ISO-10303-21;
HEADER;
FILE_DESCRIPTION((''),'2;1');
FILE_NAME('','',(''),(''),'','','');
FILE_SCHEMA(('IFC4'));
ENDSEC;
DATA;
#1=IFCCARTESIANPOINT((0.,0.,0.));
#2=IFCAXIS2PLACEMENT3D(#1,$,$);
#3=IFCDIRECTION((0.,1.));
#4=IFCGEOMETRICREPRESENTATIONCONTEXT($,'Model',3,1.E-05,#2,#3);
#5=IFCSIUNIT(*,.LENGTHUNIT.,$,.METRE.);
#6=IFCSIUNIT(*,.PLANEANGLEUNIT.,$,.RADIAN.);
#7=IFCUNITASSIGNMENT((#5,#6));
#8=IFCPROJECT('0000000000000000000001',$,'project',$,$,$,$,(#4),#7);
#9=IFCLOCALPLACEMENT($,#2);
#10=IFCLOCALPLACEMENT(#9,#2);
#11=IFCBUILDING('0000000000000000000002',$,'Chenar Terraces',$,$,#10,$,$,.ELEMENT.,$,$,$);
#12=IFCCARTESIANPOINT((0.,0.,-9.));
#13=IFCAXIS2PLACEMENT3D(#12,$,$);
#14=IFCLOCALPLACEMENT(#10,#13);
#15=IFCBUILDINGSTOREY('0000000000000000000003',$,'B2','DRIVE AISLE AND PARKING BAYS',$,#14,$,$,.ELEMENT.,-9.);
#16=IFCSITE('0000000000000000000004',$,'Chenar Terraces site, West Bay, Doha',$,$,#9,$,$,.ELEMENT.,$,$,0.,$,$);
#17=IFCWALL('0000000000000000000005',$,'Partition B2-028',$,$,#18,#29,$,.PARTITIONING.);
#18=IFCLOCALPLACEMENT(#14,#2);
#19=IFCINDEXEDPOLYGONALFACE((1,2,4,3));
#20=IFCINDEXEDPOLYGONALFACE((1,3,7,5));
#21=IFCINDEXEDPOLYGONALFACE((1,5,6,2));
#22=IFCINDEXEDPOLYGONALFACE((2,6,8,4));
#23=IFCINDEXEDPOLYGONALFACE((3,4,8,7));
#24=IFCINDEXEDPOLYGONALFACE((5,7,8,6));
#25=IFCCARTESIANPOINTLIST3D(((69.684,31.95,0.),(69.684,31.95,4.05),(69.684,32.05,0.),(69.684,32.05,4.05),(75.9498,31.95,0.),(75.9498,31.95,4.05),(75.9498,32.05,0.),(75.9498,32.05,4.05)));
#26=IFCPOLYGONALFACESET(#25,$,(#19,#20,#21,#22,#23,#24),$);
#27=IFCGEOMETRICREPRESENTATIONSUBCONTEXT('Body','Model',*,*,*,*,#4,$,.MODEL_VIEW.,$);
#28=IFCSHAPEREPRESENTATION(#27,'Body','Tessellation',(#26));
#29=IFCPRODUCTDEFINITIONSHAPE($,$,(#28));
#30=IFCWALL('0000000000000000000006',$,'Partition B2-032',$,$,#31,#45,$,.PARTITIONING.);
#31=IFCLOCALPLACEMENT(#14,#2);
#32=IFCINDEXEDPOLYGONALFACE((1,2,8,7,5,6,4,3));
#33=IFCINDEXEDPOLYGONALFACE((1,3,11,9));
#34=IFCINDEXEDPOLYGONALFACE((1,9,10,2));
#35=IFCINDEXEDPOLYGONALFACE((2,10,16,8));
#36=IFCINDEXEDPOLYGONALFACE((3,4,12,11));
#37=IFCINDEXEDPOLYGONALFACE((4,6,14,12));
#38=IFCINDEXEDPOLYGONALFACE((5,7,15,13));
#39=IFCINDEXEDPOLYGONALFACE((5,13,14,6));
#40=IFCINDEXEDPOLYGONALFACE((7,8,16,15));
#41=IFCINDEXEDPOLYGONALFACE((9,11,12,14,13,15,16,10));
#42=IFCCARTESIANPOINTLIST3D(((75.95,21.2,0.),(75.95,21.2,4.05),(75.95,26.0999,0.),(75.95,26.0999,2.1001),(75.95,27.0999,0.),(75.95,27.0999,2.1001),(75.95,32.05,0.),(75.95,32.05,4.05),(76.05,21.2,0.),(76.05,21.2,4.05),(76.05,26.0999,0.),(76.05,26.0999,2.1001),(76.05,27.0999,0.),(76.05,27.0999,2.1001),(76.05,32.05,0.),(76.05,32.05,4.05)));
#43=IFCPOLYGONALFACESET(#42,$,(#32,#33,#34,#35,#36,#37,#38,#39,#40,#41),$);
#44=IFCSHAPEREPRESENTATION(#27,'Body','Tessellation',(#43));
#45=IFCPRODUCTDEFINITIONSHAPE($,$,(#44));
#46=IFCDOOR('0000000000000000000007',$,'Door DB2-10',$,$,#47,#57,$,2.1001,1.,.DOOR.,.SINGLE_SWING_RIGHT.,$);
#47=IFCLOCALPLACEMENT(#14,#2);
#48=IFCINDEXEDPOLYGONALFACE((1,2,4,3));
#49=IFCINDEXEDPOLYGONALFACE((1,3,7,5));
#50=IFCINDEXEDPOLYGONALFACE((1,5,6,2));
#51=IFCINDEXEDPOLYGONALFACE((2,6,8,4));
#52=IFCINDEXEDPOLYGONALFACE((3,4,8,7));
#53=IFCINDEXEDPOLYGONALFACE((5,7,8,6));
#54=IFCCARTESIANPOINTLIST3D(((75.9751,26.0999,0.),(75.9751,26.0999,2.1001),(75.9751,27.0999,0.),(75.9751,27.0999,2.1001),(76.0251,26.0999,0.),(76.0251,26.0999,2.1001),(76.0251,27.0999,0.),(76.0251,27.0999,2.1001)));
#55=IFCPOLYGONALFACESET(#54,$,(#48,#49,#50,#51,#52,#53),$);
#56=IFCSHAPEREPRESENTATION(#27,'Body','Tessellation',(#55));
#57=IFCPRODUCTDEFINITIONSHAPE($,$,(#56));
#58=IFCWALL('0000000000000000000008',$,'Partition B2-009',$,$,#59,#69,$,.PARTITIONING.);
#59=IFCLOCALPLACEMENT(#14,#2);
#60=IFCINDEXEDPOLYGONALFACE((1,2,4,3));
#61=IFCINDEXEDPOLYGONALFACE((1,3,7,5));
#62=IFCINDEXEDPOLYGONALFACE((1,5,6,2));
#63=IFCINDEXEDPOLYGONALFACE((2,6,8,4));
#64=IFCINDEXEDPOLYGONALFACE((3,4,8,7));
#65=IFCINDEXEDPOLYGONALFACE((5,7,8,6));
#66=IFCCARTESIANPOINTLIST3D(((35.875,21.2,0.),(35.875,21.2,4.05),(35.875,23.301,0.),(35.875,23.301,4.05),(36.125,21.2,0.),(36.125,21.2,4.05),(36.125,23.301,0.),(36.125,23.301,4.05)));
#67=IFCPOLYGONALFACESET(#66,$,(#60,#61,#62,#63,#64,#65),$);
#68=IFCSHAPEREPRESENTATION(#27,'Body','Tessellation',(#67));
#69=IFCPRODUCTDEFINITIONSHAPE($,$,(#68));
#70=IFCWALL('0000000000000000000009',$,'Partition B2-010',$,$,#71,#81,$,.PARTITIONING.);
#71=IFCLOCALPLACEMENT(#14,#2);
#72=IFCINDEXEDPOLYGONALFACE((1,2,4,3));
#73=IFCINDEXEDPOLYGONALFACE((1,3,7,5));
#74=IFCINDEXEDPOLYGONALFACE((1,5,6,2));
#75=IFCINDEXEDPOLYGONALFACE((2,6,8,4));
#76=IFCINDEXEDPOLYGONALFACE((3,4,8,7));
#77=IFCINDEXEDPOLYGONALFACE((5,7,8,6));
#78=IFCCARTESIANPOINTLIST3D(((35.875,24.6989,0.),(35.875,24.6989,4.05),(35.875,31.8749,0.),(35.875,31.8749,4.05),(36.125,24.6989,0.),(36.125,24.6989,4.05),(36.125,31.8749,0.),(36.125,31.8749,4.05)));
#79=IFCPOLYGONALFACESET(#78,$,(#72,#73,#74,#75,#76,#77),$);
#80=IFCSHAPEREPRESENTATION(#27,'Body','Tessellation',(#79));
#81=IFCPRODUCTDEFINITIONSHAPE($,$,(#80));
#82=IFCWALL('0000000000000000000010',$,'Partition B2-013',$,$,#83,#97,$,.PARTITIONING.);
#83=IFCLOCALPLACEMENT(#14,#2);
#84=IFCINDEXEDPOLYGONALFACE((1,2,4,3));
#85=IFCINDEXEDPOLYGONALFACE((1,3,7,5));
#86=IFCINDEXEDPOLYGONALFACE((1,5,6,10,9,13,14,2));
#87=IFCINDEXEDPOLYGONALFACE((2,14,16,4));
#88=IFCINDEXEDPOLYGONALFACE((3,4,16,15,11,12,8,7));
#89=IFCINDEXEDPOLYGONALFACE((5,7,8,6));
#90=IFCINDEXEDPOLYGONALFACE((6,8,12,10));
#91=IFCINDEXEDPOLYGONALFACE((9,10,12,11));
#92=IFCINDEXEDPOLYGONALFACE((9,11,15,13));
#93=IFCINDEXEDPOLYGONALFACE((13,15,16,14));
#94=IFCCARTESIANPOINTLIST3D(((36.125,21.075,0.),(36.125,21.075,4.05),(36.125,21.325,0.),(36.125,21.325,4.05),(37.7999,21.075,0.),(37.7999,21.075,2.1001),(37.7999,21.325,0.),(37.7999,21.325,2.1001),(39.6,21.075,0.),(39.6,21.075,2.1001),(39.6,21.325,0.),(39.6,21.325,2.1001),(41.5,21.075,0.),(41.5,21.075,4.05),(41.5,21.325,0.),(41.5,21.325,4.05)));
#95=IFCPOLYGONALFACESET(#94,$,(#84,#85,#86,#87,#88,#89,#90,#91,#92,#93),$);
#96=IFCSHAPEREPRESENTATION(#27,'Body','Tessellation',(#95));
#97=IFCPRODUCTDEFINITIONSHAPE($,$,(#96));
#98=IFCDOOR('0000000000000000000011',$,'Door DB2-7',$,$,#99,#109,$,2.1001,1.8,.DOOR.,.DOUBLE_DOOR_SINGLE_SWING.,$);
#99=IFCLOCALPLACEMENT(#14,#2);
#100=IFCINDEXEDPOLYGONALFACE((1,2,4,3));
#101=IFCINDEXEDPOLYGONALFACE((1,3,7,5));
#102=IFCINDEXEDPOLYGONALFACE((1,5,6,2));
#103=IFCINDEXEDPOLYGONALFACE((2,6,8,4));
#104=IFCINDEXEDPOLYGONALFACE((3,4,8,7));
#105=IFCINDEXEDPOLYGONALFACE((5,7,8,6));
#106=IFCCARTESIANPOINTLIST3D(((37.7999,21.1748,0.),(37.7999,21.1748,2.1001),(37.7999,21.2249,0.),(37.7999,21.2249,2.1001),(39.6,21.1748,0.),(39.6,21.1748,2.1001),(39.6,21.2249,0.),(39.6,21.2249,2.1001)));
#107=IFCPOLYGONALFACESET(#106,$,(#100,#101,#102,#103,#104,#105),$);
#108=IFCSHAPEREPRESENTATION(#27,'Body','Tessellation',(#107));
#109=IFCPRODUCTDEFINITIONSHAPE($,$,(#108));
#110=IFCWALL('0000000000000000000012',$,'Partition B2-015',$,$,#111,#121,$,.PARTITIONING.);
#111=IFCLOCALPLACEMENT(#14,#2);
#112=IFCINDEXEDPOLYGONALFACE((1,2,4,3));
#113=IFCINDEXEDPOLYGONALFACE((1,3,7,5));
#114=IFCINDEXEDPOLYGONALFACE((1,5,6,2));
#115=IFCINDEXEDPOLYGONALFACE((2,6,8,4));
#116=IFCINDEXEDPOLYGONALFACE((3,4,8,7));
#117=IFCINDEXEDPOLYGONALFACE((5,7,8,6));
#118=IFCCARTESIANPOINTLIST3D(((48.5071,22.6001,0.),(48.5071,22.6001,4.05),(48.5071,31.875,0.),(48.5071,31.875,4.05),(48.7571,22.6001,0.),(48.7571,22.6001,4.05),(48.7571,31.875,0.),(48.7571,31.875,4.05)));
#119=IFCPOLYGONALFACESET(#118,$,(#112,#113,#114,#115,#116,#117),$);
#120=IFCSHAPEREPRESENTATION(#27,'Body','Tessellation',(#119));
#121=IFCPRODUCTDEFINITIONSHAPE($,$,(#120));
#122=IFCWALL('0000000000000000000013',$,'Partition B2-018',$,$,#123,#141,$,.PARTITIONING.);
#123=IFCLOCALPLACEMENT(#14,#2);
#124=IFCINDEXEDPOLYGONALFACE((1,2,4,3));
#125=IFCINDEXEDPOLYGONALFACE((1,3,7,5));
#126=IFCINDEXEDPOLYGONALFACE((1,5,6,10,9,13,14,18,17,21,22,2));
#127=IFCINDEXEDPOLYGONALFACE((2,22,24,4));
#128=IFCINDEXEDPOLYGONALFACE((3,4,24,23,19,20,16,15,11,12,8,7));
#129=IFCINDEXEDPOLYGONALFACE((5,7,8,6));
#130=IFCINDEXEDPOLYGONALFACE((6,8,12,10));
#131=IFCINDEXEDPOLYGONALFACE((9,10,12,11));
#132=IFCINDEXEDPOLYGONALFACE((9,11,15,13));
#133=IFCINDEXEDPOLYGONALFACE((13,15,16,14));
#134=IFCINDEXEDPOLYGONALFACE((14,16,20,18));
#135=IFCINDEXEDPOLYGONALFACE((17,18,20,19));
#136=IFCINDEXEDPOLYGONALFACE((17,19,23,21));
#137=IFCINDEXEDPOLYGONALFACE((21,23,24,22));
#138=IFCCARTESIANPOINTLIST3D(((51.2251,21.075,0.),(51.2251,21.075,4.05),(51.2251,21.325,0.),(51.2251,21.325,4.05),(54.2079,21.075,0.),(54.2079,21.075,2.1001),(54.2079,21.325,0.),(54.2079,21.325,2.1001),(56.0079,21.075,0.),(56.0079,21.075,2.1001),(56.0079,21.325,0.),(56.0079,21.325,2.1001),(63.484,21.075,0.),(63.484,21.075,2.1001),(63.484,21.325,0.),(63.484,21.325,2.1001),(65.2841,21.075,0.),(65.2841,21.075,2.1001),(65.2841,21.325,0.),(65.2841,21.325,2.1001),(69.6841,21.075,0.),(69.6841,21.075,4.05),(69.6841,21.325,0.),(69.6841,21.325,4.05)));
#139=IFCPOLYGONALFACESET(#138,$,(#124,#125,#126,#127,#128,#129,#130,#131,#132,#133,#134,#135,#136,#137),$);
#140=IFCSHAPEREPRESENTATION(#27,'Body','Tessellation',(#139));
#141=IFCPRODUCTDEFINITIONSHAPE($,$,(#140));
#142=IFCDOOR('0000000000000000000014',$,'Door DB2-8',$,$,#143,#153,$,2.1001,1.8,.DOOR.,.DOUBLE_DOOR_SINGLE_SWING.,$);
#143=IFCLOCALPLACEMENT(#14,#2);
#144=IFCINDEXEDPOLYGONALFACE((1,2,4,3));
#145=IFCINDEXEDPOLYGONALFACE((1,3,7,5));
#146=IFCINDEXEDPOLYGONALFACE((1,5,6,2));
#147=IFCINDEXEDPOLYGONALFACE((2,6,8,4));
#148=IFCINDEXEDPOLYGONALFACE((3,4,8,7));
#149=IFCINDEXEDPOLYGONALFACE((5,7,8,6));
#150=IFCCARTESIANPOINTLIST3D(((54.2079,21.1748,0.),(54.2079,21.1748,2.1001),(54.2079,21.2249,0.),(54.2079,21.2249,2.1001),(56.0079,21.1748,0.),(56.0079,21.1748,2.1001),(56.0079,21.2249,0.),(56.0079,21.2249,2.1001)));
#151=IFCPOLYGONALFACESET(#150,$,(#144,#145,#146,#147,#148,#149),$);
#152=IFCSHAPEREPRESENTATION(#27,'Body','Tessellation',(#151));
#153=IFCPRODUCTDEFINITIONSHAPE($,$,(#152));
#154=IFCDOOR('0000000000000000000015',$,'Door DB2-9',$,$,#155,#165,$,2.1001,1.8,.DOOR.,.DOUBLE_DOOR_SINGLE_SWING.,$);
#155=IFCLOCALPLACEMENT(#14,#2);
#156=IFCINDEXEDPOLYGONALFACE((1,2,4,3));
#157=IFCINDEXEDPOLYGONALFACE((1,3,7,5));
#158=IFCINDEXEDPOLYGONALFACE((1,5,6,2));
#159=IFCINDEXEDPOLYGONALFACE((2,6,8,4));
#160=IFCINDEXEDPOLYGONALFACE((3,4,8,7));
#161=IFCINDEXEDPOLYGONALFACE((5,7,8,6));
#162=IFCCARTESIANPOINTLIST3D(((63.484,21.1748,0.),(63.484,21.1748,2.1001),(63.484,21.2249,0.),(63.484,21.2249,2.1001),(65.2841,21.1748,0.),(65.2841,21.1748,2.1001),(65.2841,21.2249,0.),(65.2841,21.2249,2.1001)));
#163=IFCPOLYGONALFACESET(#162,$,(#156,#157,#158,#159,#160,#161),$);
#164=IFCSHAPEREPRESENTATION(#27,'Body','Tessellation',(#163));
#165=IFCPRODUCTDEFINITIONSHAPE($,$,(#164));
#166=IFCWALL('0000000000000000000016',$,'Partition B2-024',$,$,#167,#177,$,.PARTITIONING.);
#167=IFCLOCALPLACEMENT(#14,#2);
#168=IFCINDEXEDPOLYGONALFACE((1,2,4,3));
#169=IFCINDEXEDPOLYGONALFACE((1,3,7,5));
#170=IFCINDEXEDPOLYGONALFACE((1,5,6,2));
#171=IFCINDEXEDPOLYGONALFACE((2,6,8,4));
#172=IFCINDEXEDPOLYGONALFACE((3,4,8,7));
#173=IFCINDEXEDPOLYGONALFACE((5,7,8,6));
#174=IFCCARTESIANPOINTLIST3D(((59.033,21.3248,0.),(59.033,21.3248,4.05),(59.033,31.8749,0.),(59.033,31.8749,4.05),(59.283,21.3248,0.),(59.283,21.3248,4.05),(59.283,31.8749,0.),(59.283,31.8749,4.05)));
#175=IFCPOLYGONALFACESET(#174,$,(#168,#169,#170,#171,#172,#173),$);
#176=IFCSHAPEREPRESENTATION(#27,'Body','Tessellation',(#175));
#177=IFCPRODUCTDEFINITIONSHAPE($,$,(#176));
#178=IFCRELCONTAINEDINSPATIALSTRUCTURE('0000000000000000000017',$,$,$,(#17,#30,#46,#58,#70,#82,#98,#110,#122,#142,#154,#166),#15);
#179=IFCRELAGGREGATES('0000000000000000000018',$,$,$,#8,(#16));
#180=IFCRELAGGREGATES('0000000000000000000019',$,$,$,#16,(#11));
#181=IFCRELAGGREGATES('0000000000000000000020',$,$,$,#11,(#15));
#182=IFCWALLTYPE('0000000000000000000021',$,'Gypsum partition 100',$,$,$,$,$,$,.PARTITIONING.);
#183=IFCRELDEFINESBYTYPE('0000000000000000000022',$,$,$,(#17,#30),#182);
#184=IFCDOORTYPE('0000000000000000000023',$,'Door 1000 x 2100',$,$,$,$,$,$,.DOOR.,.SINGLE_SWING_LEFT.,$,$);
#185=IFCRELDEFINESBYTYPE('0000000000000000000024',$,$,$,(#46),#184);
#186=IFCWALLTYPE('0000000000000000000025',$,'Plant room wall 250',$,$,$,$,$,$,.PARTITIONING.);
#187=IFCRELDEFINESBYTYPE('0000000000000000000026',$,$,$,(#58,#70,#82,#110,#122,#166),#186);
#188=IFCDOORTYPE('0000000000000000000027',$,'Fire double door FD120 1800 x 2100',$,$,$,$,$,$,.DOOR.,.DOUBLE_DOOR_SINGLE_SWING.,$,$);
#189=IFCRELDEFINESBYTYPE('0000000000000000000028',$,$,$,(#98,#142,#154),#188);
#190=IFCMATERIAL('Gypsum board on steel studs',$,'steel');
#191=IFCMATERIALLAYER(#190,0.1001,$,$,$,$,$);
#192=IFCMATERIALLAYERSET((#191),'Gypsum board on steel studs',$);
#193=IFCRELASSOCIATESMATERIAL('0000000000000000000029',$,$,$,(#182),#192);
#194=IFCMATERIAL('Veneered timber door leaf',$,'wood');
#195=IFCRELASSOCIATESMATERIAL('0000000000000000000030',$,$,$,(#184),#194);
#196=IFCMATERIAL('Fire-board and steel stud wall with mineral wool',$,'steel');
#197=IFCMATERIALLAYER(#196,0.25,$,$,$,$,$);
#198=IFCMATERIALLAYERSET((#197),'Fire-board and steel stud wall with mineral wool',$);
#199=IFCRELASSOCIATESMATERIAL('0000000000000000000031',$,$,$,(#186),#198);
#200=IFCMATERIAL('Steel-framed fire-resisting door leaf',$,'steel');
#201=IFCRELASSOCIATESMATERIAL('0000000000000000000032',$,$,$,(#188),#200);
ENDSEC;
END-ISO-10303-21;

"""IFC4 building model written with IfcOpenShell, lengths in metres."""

from ifc_helpers import new_model, si_unit, direction, frame, frame_2d, origin, place, context, subcontext, project, spatial, rectangle, extrude, material, layer, layer_set, type_object, element, fill, save


model = new_model("IFC4")

# Units and contexts
model_context = context("Model", 3, precision=1e-05, world=origin(), true_north=direction((0.0, 1.0)))
body_context = subcontext(model_context, "Body", "Model", "MODEL_VIEW")
ifc_project = project(units=[si_unit("LENGTHUNIT", "METRE"), si_unit("PLANEANGLEUNIT", "RADIAN")], contexts=[model_context])

# Site, building, storey
site_placement = place(None, origin())
site = spatial("IfcSite", under=ifc_project, at=site_placement, Name="Chenar Terraces site, West Bay, Doha", CompositionType="ELEMENT", RefElevation=0.0)
building_placement = place(site_placement, origin())
building = spatial("IfcBuilding", under=site, at=building_placement, Name="Chenar Terraces", CompositionType="ELEMENT")
storey_placement = place(building_placement, frame((0.0, 0.0, -9.0)))
storey = spatial("IfcBuildingStorey", under=building, at=storey_placement, Name="B2", Description="DRIVE AISLE AND PARKING BAYS", CompositionType="ELEMENT", Elevation=-9.0)

# Wall
ifc_material_1 = material(Name="Gypsum board on steel studs", Category="steel")
ifc_layer_1 = layer(ifc_material_1, 0.1001)
ifc_layer_set_1 = layer_set([ifc_layer_1], Name="Gypsum board on steel studs")
wall_type_1 = type_object("IfcWallType", Name="Gypsum partition 100", PredefinedType="PARTITIONING", material=ifc_layer_set_1)
wall_1_placement = place(storey_placement, frame((69.6841, 32.0, 0.0), z_axis=(0.0, 0.0, 1.0), x_axis=(1.0, 0.0, 0.0)))
element("IfcWall", 1, at=wall_1_placement, inside=storey, type_object=wall_type_1, Name="Partition B2-028", PredefinedType="PARTITIONING", context=body_context, shape_type="SweptSolid", body=[
    extrude(rectangle(XDim=6.2659, YDim=0.1001, at=frame_2d((3.1328, 0.0))), origin(), (0.0, 0.0, 1.0), 4.05),
])

# Wall, opening, door
wall_2_placement = place(storey_placement, frame((76.0, 21.2, 0.0), z_axis=(0.0, 0.0, 1.0), x_axis=(0.0, 1.0, 0.0)))
wall_2 = element("IfcWall", 2, at=wall_2_placement, inside=storey, type_object=wall_type_1, Name="Partition B2-032", PredefinedType="PARTITIONING", context=body_context, shape_type="SweptSolid", body=[
    extrude(rectangle(XDim=10.8501, YDim=0.1001, at=frame_2d((5.425, 0.0))), origin(), (0.0, 0.0, 1.0), 4.05),
])
opening_1_placement = place(wall_2_placement, frame((4.8999, 0.0, 0.0)))
opening_1 = element("IfcOpeningElement", 3, at=opening_1_placement, cuts=wall_2, PredefinedType="OPENING", context=body_context, shape_type="SweptSolid", body=[
    extrude(rectangle(XDim=1.0, YDim=2.1001, at=frame_2d((0.5, 1.05))), frame((0.0, 0.0601, 0.0), z_axis=(0.0, -1.0, 0.0), x_axis=(1.0, 0.0, 0.0)), (0.0, 0.0, 1.0), 0.1201),
])
ifc_material_2 = material(Name="Veneered timber door leaf", Category="wood")
door_type_1 = type_object("IfcDoorType", Name="Door 1000 x 2100", OperationType="SINGLE_SWING_LEFT", PredefinedType="DOOR", material=ifc_material_2)
door_1_placement = place(opening_1_placement, origin())
door_1 = element("IfcDoor", 4, at=door_1_placement, inside=storey, type_object=door_type_1, Name="Door DB2-10", OperationType="SINGLE_SWING_RIGHT", OverallHeight=2.1001, OverallWidth=1.0, PredefinedType="DOOR", context=body_context, shape_type="SweptSolid", body=[
    extrude(rectangle(XDim=1.0, YDim=2.1001, at=frame_2d((0.5, 1.05))), frame((0.0, 0.0249, 0.0), z_axis=(0.0, -1.0, 0.0), x_axis=(1.0, 0.0, 0.0)), (0.0, 0.0, 1.0), 0.05),
])
fill(opening_1, door_1)

# Walls
ifc_material_3 = material(Name="Fire-board and steel stud wall with mineral wool", Category="steel")
ifc_layer_2 = layer(ifc_material_3, 0.25)
ifc_layer_set_2 = layer_set([ifc_layer_2], Name="Fire-board and steel stud wall with mineral wool")
wall_type_2 = type_object("IfcWallType", Name="Plant room wall 250", PredefinedType="PARTITIONING", material=ifc_layer_set_2)
wall_3_placement = place(storey_placement, frame((36.0, 21.2, 0.0), z_axis=(0.0, 0.0, 1.0), x_axis=(0.0, 1.0, 0.0)))
element("IfcWall", 5, at=wall_3_placement, inside=storey, type_object=wall_type_2, Name="Partition B2-009", PredefinedType="PARTITIONING", context=body_context, shape_type="SweptSolid", body=[
    extrude(rectangle(XDim=2.1011, YDim=0.25, at=frame_2d((1.0505, 0.0))), origin(), (0.0, 0.0, 1.0), 4.05),
])
wall_4_placement = place(storey_placement, frame((36.0, 24.699, 0.0), z_axis=(0.0, 0.0, 1.0), x_axis=(0.0, 1.0, 0.0)))
element("IfcWall", 6, at=wall_4_placement, inside=storey, type_object=wall_type_2, Name="Partition B2-010", PredefinedType="PARTITIONING", context=body_context, shape_type="SweptSolid", body=[
    extrude(rectangle(XDim=7.176, YDim=0.25, at=frame_2d((3.5879, 0.0))), origin(), (0.0, 0.0, 1.0), 4.05),
])

# Wall, opening, door
wall_5_placement = place(storey_placement, frame((36.125, 21.2, 0.0), z_axis=(0.0, 0.0, 1.0), x_axis=(1.0, 0.0, 0.0)))
wall_5 = element("IfcWall", 7, at=wall_5_placement, inside=storey, type_object=wall_type_2, Name="Partition B2-013", PredefinedType="PARTITIONING", context=body_context, shape_type="SweptSolid", body=[
    extrude(rectangle(XDim=5.375, YDim=0.25, at=frame_2d((2.6875, 0.0))), origin(), (0.0, 0.0, 1.0), 4.05),
])
opening_2_placement = place(wall_5_placement, frame((1.675, 0.0, 0.0)))
opening_2 = element("IfcOpeningElement", 8, at=opening_2_placement, cuts=wall_5, PredefinedType="OPENING", context=body_context, shape_type="SweptSolid", body=[
    extrude(rectangle(XDim=1.8, YDim=2.1001, at=frame_2d((0.8999, 1.05))), frame((0.0, 0.135, 0.0), z_axis=(0.0, -1.0, 0.0), x_axis=(1.0, 0.0, 0.0)), (0.0, 0.0, 1.0), 0.27),
])
ifc_material_4 = material(Name="Steel-framed fire-resisting door leaf", Category="steel")
door_type_2 = type_object("IfcDoorType", Name="Fire double door FD120 1800 x 2100", OperationType="DOUBLE_DOOR_SINGLE_SWING", PredefinedType="DOOR", material=ifc_material_4)
door_2_placement = place(opening_2_placement, origin())
door_2 = element("IfcDoor", 9, at=door_2_placement, inside=storey, type_object=door_type_2, Name="Door DB2-7", OperationType="DOUBLE_DOOR_SINGLE_SWING", OverallHeight=2.1001, OverallWidth=1.8, PredefinedType="DOOR", context=body_context, shape_type="SweptSolid", body=[
    extrude(rectangle(XDim=1.8, YDim=2.1001, at=frame_2d((0.8999, 1.05))), frame((0.0, 0.0249, 0.0), z_axis=(0.0, -1.0, 0.0), x_axis=(1.0, 0.0, 0.0)), (0.0, 0.0, 1.0), 0.05),
])
fill(opening_2, door_2)

# Wall
wall_6_placement = place(storey_placement, frame((48.6321, 22.6001, 0.0), z_axis=(0.0, 0.0, 1.0), x_axis=(0.0, 1.0, 0.0)))
element("IfcWall", 10, at=wall_6_placement, inside=storey, type_object=wall_type_2, Name="Partition B2-015", PredefinedType="PARTITIONING", context=body_context, shape_type="SweptSolid", body=[
    extrude(rectangle(XDim=9.2749, YDim=0.25, at=frame_2d((4.6375, 0.0))), origin(), (0.0, 0.0, 1.0), 4.05),
])

# Wall, openings, doors
wall_7_placement = place(storey_placement, frame((51.2251, 21.2, 0.0), z_axis=(0.0, 0.0, 1.0), x_axis=(1.0, 0.0, 0.0)))
wall_7 = element("IfcWall", 11, at=wall_7_placement, inside=storey, type_object=wall_type_2, Name="Partition B2-018", PredefinedType="PARTITIONING", context=body_context, shape_type="SweptSolid", body=[
    extrude(rectangle(XDim=18.459, YDim=0.25, at=frame_2d((9.2295, 0.0))), origin(), (0.0, 0.0, 1.0), 4.05),
])
opening_3_placement = place(wall_7_placement, frame((2.9829, 0.0, 0.0)))
opening_3 = element("IfcOpeningElement", 12, at=opening_3_placement, cuts=wall_7, PredefinedType="OPENING", context=body_context, shape_type="SweptSolid", body=[
    extrude(rectangle(XDim=1.8, YDim=2.1001, at=frame_2d((0.8999, 1.05))), frame((0.0, 0.135, 0.0), z_axis=(0.0, -1.0, 0.0), x_axis=(1.0, 0.0, 0.0)), (0.0, 0.0, 1.0), 0.27),
])
opening_4_placement = place(wall_7_placement, frame((12.259, 0.0, 0.0)))
opening_4 = element("IfcOpeningElement", 13, at=opening_4_placement, cuts=wall_7, PredefinedType="OPENING", context=body_context, shape_type="SweptSolid", body=[
    extrude(rectangle(XDim=1.8, YDim=2.1001, at=frame_2d((0.8999, 1.05))), frame((0.0, 0.135, 0.0), z_axis=(0.0, -1.0, 0.0), x_axis=(1.0, 0.0, 0.0)), (0.0, 0.0, 1.0), 0.27),
])
door_3_placement = place(opening_3_placement, origin())
door_3 = element("IfcDoor", 14, at=door_3_placement, inside=storey, type_object=door_type_2, Name="Door DB2-8", OperationType="DOUBLE_DOOR_SINGLE_SWING", OverallHeight=2.1001, OverallWidth=1.8, PredefinedType="DOOR", context=body_context, shape_type="SweptSolid", body=[
    extrude(rectangle(XDim=1.8, YDim=2.1001, at=frame_2d((0.8999, 1.05))), frame((0.0, 0.0249, 0.0), z_axis=(0.0, -1.0, 0.0), x_axis=(1.0, 0.0, 0.0)), (0.0, 0.0, 1.0), 0.05),
])
fill(opening_3, door_3)
door_4_placement = place(opening_4_placement, origin())
door_4 = element("IfcDoor", 15, at=door_4_placement, inside=storey, type_object=door_type_2, Name="Door DB2-9", OperationType="DOUBLE_DOOR_SINGLE_SWING", OverallHeight=2.1001, OverallWidth=1.8, PredefinedType="DOOR", context=body_context, shape_type="SweptSolid", body=[
    extrude(rectangle(XDim=1.8, YDim=2.1001, at=frame_2d((0.8999, 1.05))), frame((0.0, 0.0249, 0.0), z_axis=(0.0, -1.0, 0.0), x_axis=(1.0, 0.0, 0.0)), (0.0, 0.0, 1.0), 0.05),
])
fill(opening_4, door_4)

# Wall
for number, where, z_axis, x_axis, name in (
    (16, (59.158, 21.325, 0.0), (0.0, 0.0, 1.0), (0.0, 1.0, 0.0), "Partition B2-024"),
):
    element("IfcWall", number, at=place(storey_placement, frame(where, z_axis=z_axis, x_axis=x_axis)), inside=storey, type_object=wall_type_2, Name=name, PredefinedType="PARTITIONING", context=body_context, shape_type="SweptSolid", body=[
        extrude(rectangle(XDim=10.55, YDim=0.25, at=frame_2d((5.2749, 0.0))), origin(), (0.0, 0.0, 1.0), 4.05),
    ])

save(model, "model.ifc")
